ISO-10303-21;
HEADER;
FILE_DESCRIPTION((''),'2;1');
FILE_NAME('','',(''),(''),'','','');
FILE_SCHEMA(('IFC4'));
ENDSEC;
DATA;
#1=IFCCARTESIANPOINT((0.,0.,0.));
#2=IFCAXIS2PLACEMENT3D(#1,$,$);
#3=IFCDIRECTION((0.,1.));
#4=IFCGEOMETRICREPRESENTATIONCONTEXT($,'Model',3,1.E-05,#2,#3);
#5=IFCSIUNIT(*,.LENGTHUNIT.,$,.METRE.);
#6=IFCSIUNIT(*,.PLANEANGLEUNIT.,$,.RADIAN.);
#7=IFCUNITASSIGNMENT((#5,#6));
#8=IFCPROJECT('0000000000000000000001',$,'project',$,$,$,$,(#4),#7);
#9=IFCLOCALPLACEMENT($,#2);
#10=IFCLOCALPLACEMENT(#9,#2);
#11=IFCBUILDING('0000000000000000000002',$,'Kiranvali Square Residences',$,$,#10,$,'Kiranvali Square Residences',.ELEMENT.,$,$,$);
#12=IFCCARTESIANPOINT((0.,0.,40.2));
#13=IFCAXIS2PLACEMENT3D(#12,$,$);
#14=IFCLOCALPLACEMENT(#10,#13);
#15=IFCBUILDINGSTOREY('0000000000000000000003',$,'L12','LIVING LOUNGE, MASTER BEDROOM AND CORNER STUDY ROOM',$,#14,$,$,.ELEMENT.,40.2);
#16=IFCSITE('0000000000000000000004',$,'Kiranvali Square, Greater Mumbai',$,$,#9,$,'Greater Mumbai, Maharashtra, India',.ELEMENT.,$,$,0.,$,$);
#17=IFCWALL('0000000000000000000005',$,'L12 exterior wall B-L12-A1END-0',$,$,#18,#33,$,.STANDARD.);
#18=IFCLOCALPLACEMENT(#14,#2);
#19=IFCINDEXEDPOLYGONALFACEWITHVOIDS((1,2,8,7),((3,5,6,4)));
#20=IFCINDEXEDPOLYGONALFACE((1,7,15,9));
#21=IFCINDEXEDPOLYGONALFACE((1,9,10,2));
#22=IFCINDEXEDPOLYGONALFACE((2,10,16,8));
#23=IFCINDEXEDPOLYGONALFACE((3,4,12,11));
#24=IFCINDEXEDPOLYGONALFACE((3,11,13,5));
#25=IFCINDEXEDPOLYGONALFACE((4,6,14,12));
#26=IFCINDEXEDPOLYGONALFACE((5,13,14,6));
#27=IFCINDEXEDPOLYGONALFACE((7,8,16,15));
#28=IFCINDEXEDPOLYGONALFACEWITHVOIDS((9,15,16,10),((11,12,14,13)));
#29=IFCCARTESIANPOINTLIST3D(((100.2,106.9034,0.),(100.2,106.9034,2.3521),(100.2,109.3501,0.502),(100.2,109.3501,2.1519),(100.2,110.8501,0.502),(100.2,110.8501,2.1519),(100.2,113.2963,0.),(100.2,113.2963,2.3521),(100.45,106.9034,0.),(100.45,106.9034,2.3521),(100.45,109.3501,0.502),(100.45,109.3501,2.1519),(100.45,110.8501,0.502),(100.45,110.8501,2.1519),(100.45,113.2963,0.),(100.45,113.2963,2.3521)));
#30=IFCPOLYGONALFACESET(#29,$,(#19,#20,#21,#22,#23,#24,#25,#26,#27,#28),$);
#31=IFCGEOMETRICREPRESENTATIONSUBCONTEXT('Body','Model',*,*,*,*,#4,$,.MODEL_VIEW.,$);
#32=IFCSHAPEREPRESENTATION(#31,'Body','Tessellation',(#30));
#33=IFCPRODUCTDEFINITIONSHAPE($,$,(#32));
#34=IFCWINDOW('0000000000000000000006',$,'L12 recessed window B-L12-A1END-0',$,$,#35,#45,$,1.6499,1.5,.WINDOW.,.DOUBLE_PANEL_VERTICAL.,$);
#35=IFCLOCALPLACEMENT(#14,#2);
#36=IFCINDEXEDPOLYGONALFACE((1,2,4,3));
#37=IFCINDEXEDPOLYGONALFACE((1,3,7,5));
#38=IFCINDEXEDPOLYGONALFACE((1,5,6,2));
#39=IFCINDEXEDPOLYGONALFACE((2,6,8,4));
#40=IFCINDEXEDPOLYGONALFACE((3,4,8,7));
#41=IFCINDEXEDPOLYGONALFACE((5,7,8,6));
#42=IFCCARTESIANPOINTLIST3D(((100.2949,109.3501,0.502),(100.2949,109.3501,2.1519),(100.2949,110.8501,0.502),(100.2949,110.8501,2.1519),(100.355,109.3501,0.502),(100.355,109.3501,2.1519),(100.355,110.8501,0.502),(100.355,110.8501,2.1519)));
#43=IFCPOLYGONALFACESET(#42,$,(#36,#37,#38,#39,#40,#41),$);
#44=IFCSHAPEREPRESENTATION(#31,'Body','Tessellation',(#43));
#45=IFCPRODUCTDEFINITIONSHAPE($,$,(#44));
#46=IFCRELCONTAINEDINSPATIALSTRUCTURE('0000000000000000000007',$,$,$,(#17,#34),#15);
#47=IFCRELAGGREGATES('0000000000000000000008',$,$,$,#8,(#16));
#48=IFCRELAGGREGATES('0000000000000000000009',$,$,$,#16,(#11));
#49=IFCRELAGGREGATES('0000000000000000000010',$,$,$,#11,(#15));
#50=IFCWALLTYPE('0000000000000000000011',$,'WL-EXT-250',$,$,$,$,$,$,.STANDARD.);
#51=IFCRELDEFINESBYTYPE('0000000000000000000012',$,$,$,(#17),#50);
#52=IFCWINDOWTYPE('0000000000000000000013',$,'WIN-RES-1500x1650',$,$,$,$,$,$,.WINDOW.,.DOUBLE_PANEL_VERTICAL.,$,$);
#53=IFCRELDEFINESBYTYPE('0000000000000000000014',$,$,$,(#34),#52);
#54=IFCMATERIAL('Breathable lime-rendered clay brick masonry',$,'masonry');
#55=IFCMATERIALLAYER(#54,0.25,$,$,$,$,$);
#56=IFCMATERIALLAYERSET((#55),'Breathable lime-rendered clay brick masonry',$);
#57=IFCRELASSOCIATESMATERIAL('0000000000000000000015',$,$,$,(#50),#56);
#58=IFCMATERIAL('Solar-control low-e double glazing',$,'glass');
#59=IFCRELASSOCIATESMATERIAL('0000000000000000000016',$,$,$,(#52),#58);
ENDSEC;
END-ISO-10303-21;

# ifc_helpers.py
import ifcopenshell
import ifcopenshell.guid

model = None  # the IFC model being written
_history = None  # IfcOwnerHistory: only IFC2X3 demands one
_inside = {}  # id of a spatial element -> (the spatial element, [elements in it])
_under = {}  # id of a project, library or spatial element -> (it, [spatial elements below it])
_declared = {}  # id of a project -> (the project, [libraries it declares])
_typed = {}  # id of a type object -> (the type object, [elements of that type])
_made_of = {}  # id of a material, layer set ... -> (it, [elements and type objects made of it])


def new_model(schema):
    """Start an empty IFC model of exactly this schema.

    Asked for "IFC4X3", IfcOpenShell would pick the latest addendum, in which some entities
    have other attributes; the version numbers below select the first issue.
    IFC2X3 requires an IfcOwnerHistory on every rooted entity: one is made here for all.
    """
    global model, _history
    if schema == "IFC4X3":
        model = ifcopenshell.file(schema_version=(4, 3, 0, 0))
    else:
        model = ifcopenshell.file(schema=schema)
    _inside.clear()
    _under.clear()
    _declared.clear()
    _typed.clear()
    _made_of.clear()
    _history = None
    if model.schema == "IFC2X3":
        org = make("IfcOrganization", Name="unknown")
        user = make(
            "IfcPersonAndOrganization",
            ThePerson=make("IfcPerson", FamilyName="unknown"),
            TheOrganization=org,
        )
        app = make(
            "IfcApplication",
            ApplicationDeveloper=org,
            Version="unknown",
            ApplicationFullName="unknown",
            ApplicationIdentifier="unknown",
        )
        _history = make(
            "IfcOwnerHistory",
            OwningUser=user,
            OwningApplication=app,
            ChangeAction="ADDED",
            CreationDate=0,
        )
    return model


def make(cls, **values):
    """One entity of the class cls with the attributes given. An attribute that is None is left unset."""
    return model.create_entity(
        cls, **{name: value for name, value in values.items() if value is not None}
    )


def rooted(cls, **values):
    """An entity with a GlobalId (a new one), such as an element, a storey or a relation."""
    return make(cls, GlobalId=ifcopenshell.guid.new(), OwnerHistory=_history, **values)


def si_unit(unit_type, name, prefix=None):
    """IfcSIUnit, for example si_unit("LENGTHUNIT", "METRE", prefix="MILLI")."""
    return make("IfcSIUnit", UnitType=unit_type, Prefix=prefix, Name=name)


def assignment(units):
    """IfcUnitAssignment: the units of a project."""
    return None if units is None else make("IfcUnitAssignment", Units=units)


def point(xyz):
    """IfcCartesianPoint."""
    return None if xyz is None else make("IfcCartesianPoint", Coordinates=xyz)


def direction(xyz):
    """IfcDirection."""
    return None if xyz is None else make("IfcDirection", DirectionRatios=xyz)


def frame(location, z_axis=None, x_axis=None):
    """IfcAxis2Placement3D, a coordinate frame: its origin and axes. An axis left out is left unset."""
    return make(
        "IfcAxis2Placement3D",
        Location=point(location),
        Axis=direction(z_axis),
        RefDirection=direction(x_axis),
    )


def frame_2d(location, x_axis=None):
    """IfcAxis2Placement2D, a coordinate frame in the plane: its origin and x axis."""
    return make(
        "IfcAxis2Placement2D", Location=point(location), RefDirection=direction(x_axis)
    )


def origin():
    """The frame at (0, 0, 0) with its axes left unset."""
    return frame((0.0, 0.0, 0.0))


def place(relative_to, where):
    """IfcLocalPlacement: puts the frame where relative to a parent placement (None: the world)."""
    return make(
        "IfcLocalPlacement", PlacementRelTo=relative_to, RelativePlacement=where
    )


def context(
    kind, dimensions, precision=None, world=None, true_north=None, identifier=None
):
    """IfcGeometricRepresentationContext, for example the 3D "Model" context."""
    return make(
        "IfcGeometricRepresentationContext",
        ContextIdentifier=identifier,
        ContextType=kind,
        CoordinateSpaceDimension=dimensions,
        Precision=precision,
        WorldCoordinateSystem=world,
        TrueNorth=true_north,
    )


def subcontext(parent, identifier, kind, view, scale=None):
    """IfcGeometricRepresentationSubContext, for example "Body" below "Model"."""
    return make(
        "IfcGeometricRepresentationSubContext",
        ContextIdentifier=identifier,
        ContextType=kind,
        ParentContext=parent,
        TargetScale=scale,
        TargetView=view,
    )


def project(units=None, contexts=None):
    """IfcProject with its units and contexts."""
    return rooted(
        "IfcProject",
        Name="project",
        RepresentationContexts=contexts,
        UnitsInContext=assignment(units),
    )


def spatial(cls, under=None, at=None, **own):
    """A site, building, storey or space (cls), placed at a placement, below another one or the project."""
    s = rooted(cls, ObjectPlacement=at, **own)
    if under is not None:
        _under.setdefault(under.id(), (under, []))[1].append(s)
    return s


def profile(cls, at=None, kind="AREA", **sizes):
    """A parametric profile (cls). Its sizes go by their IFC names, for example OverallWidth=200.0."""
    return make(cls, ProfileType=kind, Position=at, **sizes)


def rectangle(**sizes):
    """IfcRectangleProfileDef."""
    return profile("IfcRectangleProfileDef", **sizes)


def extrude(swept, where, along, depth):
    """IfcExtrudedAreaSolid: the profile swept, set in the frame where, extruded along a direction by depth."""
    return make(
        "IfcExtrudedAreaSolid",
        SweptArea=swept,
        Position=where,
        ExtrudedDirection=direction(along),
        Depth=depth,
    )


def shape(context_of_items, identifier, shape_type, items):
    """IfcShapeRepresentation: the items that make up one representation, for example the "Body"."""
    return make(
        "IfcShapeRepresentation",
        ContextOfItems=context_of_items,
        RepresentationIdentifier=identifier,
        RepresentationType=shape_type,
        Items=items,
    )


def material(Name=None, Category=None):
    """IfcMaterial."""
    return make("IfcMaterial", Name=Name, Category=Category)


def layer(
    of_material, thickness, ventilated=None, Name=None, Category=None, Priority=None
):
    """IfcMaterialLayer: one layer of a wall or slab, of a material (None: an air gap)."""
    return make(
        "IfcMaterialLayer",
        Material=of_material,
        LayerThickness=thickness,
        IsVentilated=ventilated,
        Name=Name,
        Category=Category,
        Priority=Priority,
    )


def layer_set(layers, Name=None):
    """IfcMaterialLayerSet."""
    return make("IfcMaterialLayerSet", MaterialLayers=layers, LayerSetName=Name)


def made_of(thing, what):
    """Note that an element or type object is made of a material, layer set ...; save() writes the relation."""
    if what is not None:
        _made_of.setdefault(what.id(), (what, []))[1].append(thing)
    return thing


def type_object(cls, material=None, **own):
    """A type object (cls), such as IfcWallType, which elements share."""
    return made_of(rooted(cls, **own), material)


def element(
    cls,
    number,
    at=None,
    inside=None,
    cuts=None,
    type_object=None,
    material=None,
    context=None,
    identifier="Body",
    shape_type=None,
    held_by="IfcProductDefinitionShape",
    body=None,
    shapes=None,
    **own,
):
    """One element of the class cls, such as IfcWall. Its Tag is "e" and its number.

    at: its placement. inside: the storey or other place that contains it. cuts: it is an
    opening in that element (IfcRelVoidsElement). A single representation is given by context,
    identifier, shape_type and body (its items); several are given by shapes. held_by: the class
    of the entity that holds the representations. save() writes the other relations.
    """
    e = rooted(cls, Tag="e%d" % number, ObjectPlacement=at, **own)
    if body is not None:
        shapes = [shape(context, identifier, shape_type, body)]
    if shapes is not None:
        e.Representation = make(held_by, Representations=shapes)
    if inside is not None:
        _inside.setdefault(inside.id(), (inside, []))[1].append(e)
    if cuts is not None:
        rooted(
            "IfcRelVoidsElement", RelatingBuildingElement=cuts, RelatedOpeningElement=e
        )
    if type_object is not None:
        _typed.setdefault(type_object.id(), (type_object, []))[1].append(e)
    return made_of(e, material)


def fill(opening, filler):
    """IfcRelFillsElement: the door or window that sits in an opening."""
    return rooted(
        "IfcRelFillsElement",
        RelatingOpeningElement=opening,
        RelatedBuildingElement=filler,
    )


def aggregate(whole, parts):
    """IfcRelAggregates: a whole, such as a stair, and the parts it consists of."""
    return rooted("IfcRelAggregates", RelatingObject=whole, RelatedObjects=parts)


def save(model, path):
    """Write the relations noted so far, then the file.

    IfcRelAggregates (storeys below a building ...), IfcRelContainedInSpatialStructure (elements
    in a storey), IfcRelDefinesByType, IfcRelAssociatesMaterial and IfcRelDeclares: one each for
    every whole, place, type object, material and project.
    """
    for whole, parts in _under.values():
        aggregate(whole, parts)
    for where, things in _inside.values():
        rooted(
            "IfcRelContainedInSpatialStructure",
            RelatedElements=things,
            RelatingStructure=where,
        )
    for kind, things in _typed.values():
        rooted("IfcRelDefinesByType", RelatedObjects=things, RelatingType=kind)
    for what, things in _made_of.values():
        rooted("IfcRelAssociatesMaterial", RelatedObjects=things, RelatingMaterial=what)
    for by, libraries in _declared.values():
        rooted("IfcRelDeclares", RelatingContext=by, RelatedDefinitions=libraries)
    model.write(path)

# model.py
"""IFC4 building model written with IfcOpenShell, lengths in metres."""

from ifc_helpers import new_model, si_unit, direction, frame, frame_2d, origin, place, context, subcontext, project, spatial, rectangle, extrude, material, layer, layer_set, type_object, element, fill, save


model = new_model("IFC4")

# Units and contexts
model_context = context("Model", 3, precision=1e-05, world=origin(), true_north=direction((0.0, 1.0)))
body_context = subcontext(model_context, "Body", "Model", "MODEL_VIEW")
ifc_project = project(units=[si_unit("LENGTHUNIT", "METRE"), si_unit("PLANEANGLEUNIT", "RADIAN")], contexts=[model_context])

# Site, building, storey
site_placement = place(None, origin())
site = spatial("IfcSite", under=ifc_project, at=site_placement, Name="Kiranvali Square, Greater Mumbai", LongName="Greater Mumbai, Maharashtra, India", CompositionType="ELEMENT", RefElevation=0.0)
building_placement = place(site_placement, origin())
building = spatial("IfcBuilding", under=site, at=building_placement, Name="Kiranvali Square Residences", LongName="Kiranvali Square Residences", CompositionType="ELEMENT")
storey_placement = place(building_placement, frame((0.0, 0.0, 40.2)))
storey = spatial("IfcBuildingStorey", under=building, at=storey_placement, Name="L12", Description="LIVING LOUNGE, MASTER BEDROOM AND CORNER STUDY ROOM", CompositionType="ELEMENT", Elevation=40.2)

# Wall, opening, window
ifc_material_1 = material(Name="Breathable lime-rendered clay brick masonry", Category="masonry")
ifc_layer = layer(ifc_material_1, 0.25)
ifc_layer_set = layer_set([ifc_layer], Name="Breathable lime-rendered clay brick masonry")
wall_type = type_object("IfcWallType", Name="WL-EXT-250", PredefinedType="STANDARD", material=ifc_layer_set)
wall_placement = place(storey_placement, frame((100.325, 106.9036, 0.0), z_axis=(0.0, 0.0, 1.0), x_axis=(0.0, 1.0, 0.0)))
wall = element("IfcWall", 1, at=wall_placement, inside=storey, type_object=wall_type, Name="L12 exterior wall B-L12-A1END-0", PredefinedType="STANDARD", context=body_context, shape_type="SweptSolid", body=[
    extrude(rectangle(XDim=6.3928, YDim=0.25, at=frame_2d((3.1963, 0.0))), origin(), (0.0, 0.0, 1.0), 2.3521),
])
opening_placement = place(wall_placement, frame((2.4465, 0.0, 0.502)))
opening = element("IfcOpeningElement", 2, at=opening_placement, cuts=wall, PredefinedType="OPENING", context=body_context, shape_type="SweptSolid", body=[
    extrude(rectangle(XDim=1.5, YDim=1.6499, at=frame_2d((0.75, 0.825))), frame((0.0, 0.135, 0.0), z_axis=(0.0, -1.0, 0.0), x_axis=(1.0, 0.0, 0.0)), (0.0, 0.0, 1.0), 0.27),
])
ifc_material_2 = material(Name="Solar-control low-e double glazing", Category="glass")
window_type = type_object("IfcWindowType", Name="WIN-RES-1500x1650", PartitioningType="DOUBLE_PANEL_VERTICAL", PredefinedType="WINDOW", material=ifc_material_2)
window_placement = place(opening_placement, origin())
window = element("IfcWindow", 3, at=window_placement, inside=storey, type_object=window_type, Name="L12 recessed window B-L12-A1END-0", OverallHeight=1.6499, OverallWidth=1.5, PartitioningType="DOUBLE_PANEL_VERTICAL", PredefinedType="WINDOW", context=body_context, shape_type="SweptSolid", body=[
    extrude(rectangle(XDim=1.5, YDim=1.6499, at=frame_2d((0.75, 0.825))), frame((0.0, 0.03, 0.0), z_axis=(0.0, -1.0, 0.0), x_axis=(1.0, 0.0, 0.0)), (0.0, 0.0, 1.0), 0.0601),
])
fill(opening, window)

save(model, "model.ifc")
